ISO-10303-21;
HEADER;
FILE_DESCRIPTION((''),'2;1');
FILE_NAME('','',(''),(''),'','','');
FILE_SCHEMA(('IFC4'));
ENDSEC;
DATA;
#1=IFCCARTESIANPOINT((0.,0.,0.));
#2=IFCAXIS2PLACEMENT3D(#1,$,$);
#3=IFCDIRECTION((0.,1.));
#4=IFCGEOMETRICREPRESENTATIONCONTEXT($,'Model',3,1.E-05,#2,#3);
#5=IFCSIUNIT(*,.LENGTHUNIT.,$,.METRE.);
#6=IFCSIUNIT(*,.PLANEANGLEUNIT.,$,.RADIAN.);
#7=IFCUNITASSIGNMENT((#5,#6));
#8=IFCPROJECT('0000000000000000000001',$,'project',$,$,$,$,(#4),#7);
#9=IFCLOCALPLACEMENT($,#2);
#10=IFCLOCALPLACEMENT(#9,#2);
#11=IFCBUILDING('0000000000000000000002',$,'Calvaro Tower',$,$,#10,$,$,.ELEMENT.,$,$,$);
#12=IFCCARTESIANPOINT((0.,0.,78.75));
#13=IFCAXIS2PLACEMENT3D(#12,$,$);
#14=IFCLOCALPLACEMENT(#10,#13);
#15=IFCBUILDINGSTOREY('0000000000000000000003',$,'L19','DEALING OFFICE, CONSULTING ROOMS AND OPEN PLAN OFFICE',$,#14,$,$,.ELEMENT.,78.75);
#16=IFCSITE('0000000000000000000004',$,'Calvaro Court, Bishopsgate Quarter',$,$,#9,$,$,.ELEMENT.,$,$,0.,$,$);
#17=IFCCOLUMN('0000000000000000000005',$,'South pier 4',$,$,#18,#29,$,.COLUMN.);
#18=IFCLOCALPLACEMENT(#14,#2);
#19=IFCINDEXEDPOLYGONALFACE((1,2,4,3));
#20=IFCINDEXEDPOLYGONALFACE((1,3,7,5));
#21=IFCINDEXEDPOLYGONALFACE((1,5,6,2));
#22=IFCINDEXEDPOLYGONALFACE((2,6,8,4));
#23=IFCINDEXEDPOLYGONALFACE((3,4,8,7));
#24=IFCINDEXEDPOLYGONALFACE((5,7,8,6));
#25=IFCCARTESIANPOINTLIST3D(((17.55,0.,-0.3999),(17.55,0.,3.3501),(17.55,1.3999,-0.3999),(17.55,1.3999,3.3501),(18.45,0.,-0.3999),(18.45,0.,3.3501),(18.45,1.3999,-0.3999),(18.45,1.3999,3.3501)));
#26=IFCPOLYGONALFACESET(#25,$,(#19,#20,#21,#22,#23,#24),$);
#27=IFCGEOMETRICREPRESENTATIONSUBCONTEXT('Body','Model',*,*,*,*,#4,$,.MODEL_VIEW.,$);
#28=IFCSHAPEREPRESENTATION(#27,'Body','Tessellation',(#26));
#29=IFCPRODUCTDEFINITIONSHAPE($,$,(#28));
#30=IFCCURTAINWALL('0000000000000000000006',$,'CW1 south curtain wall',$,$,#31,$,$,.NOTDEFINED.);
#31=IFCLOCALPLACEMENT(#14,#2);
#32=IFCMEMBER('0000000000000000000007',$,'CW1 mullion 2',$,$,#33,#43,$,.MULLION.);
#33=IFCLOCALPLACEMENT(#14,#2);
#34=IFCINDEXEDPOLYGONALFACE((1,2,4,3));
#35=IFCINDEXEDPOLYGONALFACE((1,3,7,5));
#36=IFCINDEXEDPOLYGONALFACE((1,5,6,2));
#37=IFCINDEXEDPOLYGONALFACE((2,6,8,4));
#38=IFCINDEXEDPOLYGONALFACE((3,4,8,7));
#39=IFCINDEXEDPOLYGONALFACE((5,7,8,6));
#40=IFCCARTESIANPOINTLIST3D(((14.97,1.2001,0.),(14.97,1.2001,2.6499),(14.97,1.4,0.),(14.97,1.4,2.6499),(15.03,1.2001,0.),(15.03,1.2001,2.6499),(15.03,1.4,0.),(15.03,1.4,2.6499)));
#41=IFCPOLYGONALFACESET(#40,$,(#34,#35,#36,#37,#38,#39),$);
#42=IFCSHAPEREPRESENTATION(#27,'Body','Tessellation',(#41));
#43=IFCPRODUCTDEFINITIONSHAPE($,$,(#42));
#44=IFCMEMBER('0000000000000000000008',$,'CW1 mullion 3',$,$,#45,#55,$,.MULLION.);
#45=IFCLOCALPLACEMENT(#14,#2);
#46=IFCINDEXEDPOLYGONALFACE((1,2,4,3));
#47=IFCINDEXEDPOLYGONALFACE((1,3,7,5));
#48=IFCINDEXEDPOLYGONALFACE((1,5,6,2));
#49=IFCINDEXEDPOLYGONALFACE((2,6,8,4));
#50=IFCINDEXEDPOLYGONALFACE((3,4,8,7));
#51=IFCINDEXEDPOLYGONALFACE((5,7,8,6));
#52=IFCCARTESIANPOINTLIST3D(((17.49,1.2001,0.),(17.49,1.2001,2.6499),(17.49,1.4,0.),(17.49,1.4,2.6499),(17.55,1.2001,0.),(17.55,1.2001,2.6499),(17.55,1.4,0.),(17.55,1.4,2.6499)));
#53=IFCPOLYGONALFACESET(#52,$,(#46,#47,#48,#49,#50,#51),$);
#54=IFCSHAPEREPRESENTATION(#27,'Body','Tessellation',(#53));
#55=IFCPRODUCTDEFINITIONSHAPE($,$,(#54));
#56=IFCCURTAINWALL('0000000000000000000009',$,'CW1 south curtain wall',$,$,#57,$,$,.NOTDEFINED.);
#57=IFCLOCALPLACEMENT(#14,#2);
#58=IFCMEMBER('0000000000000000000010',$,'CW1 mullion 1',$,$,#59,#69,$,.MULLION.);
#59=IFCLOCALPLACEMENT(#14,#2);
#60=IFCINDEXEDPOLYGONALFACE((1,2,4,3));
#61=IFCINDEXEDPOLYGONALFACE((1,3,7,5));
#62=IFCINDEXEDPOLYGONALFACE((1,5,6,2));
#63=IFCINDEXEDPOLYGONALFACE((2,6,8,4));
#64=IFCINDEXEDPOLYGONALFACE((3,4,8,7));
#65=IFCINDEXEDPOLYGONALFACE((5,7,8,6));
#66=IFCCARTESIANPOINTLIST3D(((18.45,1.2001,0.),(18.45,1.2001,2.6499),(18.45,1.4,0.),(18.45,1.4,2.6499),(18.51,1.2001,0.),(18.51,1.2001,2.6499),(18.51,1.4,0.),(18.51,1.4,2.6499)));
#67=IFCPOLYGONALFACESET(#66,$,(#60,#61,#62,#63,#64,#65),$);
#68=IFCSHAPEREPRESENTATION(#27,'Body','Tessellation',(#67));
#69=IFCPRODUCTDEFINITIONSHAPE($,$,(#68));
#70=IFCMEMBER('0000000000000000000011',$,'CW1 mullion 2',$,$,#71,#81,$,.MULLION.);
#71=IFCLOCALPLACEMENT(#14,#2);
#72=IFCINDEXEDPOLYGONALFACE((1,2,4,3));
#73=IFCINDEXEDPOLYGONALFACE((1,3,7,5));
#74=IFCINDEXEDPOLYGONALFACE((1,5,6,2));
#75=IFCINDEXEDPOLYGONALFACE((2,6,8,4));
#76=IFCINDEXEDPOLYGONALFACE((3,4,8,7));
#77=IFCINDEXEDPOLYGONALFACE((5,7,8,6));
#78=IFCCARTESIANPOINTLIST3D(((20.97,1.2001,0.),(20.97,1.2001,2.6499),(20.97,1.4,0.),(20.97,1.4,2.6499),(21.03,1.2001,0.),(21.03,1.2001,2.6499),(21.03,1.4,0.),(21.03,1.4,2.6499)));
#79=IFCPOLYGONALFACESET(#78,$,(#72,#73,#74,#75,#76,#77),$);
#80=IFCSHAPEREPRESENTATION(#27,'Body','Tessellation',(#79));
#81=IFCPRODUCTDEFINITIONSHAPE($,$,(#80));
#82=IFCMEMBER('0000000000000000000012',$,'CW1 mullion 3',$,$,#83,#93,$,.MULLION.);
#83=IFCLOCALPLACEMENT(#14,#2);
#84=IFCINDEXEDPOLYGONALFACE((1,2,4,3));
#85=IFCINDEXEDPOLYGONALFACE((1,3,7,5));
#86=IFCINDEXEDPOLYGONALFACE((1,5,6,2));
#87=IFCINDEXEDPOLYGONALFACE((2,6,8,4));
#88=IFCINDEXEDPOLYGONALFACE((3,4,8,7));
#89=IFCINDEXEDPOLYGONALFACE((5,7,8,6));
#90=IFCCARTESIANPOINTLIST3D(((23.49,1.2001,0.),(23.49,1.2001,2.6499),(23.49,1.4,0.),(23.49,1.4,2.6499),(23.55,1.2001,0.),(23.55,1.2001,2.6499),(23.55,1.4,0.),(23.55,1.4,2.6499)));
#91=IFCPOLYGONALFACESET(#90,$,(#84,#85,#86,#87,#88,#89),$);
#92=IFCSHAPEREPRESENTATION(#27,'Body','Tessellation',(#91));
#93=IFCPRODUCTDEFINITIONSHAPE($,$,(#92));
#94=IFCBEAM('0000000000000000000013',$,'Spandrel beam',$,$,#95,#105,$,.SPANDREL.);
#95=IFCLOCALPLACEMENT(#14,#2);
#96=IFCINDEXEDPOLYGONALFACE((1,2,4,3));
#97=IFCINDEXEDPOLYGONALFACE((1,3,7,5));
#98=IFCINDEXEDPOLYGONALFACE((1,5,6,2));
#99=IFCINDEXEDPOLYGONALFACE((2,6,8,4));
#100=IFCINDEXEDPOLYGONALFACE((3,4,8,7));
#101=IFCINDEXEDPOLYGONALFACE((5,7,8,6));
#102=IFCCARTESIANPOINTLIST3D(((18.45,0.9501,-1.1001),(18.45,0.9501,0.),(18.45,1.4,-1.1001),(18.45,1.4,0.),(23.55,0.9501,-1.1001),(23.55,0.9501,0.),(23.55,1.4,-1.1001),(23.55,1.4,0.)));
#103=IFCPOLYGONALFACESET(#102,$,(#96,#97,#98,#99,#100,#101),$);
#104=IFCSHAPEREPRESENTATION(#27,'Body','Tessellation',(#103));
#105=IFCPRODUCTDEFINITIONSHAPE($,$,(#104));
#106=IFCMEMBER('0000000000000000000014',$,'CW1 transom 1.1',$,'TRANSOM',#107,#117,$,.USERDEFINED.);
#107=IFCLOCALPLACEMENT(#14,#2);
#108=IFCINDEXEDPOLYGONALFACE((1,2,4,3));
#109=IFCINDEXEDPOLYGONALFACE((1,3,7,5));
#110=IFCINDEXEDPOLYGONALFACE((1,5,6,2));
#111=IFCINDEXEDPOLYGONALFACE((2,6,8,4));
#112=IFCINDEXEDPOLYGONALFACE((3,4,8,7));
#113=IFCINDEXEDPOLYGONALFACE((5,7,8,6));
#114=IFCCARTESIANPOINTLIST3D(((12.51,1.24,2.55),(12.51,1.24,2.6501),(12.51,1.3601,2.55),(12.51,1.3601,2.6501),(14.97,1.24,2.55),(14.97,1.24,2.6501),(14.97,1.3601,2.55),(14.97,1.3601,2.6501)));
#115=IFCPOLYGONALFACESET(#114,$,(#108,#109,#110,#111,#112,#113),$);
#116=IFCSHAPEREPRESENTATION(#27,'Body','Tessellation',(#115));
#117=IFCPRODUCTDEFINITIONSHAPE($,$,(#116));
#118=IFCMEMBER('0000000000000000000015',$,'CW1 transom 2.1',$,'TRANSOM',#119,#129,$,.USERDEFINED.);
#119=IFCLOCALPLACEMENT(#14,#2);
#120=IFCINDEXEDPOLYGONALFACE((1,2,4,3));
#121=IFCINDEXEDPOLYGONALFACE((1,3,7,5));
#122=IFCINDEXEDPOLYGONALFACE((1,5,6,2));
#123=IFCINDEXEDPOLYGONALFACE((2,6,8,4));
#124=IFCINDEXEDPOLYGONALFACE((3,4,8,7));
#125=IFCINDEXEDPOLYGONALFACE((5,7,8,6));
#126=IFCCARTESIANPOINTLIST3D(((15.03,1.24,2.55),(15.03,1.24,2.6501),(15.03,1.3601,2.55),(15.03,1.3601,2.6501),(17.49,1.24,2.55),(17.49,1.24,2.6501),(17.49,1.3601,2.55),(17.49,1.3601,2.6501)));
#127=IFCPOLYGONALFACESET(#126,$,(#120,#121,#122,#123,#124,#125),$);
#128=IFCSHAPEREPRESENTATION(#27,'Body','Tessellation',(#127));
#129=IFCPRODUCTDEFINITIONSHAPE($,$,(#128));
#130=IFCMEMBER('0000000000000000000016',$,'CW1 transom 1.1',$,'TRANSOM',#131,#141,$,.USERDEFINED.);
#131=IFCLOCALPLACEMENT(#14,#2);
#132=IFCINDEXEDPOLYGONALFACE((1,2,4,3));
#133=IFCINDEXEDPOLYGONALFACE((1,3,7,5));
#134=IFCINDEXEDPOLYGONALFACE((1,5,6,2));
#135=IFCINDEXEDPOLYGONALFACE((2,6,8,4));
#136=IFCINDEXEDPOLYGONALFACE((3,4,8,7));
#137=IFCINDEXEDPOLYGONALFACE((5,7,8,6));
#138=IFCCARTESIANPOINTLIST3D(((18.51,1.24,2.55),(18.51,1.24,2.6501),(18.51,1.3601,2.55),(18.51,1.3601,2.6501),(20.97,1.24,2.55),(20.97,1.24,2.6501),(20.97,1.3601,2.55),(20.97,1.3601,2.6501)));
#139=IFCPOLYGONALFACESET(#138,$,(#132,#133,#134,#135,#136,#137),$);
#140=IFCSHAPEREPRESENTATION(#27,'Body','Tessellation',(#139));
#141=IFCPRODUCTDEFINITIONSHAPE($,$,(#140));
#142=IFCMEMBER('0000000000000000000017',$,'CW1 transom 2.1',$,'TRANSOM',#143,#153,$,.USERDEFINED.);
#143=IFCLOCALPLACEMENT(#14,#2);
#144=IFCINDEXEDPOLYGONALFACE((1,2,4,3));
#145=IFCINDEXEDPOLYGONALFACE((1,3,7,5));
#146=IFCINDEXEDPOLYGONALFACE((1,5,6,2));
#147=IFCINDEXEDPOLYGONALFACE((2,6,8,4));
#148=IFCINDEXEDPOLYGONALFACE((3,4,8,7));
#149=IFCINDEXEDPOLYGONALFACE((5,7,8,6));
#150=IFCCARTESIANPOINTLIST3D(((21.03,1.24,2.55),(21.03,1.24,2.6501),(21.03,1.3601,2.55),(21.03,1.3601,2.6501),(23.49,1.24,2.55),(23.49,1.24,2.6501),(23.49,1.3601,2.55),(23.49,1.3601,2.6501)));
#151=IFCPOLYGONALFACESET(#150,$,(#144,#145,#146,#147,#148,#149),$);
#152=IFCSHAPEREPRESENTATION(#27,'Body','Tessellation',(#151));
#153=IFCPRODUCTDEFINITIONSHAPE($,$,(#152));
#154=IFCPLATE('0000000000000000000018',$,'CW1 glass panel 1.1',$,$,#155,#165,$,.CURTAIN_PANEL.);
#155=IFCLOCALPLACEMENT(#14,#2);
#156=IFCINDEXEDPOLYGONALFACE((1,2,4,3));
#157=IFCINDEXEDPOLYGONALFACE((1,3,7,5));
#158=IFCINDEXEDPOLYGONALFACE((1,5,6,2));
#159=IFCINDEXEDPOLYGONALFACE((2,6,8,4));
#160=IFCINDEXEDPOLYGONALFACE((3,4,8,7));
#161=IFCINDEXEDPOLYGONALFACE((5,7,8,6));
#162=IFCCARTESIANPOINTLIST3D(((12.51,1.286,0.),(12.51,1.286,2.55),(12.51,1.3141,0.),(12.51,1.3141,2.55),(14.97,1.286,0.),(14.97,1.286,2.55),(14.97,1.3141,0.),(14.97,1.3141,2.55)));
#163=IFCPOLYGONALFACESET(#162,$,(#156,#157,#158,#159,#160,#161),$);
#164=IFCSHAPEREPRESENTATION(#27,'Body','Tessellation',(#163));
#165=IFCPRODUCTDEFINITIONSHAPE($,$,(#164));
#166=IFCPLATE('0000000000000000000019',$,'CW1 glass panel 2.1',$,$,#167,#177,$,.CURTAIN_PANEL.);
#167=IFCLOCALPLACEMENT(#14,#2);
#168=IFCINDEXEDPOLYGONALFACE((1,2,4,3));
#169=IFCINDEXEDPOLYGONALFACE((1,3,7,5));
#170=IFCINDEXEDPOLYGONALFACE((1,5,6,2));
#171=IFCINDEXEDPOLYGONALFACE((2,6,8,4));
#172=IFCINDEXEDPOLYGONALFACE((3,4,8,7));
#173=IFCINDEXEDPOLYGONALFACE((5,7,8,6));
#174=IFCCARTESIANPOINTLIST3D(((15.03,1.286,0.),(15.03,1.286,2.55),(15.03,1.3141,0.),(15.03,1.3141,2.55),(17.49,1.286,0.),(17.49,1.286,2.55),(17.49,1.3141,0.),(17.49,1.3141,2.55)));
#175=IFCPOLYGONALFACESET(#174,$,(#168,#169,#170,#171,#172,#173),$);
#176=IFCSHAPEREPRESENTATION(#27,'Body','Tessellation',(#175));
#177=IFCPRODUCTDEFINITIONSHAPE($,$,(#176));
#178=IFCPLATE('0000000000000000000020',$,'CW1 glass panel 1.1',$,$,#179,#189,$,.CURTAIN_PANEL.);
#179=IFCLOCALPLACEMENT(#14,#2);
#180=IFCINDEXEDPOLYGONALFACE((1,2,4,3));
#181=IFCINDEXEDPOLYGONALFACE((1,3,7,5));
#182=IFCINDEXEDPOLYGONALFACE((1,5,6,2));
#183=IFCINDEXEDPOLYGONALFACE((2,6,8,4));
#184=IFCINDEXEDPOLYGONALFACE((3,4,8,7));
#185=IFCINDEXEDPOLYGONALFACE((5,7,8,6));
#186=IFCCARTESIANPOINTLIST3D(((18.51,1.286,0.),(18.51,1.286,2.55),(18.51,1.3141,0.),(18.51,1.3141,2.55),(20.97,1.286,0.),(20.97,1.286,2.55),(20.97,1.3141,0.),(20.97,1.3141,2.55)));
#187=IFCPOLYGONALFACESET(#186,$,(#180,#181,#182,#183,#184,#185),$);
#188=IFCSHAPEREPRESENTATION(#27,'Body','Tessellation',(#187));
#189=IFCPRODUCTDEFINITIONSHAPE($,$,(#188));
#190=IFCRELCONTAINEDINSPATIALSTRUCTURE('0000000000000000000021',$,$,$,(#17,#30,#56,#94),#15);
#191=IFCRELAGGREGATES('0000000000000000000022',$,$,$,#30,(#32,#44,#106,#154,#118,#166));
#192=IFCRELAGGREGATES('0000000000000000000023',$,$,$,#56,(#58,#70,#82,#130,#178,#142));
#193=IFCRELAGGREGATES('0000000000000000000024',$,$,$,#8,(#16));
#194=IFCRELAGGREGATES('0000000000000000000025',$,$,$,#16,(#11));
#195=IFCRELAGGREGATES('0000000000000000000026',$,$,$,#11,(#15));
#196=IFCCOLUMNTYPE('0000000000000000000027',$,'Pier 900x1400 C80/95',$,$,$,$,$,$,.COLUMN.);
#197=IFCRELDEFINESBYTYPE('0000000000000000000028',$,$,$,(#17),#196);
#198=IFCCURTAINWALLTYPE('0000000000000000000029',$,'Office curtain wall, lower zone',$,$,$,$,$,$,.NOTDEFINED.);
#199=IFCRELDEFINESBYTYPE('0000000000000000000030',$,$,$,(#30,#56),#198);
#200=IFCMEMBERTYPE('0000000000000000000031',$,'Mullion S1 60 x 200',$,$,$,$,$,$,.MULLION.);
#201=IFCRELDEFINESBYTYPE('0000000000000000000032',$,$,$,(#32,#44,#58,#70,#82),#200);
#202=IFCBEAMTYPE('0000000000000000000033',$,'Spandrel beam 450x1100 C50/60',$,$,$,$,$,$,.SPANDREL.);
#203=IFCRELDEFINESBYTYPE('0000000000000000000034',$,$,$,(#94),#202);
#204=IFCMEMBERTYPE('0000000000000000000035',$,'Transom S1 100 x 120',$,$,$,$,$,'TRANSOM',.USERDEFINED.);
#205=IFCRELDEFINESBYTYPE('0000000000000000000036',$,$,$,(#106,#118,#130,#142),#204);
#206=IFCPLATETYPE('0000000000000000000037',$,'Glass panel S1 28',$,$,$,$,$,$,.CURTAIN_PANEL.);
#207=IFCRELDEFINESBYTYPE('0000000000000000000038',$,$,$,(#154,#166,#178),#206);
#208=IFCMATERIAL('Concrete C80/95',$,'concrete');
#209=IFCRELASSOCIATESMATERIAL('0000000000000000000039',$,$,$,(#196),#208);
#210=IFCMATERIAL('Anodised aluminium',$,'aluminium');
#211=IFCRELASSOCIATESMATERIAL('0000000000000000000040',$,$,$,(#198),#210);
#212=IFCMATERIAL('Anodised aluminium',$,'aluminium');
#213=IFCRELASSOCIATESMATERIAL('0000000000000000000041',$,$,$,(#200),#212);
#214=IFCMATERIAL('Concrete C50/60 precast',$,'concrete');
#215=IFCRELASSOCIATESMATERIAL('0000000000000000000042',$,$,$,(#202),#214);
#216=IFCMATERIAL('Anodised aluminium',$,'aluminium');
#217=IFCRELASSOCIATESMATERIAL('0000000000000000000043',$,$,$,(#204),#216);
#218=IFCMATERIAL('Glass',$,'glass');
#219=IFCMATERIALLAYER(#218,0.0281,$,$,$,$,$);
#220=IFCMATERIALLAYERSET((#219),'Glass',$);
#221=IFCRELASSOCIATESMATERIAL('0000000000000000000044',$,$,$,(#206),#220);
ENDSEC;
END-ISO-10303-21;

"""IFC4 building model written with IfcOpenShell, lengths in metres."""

from ifc_helpers import new_model, si_unit, direction, frame, origin, origin_2d, place, context, subcontext, project, spatial, rectangle, extrude, material, layer, layer_set, material_profile, profile_set, type_object, element, aggregate, save


model = new_model("IFC4")

# Units and contexts
model_context = context("Model", 3, precision=1e-05, world=origin(), true_north=direction((0.0, 1.0)))
body_context = subcontext(model_context, "Body", "Model", "MODEL_VIEW")
ifc_project = project(units=[si_unit("LENGTHUNIT", "METRE"), si_unit("PLANEANGLEUNIT", "RADIAN")], contexts=[model_context])

# Site, building, storey
site_placement = place(None, origin())
site = spatial("IfcSite", under=ifc_project, at=site_placement, Name="Calvaro Court, Bishopsgate Quarter", CompositionType="ELEMENT", RefElevation=0.0)
building_placement = place(site_placement, origin())
building = spatial("IfcBuilding", under=site, at=building_placement, Name="Calvaro Tower", CompositionType="ELEMENT")
storey_placement = place(building_placement, frame((0.0, 0.0, 78.75)))
storey = spatial("IfcBuildingStorey", under=building, at=storey_placement, Name="L19", Description="DEALING OFFICE, CONSULTING ROOMS AND OPEN PLAN OFFICE", CompositionType="ELEMENT", Elevation=78.75)

# Column
ifc_material_1 = material(Name="Concrete C80/95", Category="concrete")
ifc_material_profile_1 = material_profile(ifc_material_1, rectangle(XDim=0.8999, YDim=1.3999, at=origin_2d()), Name="RC 900x1400")
ifc_profile_set_1 = profile_set([ifc_material_profile_1], Name="Concrete C80/95")
column_type = type_object("IfcColumnType", Name="Pier 900x1400 C80/95", PredefinedType="COLUMN", material=ifc_profile_set_1)
column_placement = place(storey_placement, frame((18.0, 0.7, -0.3999), z_axis=(0.0, 0.0, 1.0), x_axis=(1.0, 0.0, 0.0)))
element("IfcColumn", 1, at=column_placement, inside=storey, type_object=column_type, Name="South pier 4", PredefinedType="COLUMN", context=body_context, shape_type="SweptSolid", body=[
    extrude(rectangle(XDim=0.8999, YDim=1.3999, at=origin_2d()), origin(), (0.0, 0.0, 1.0), 3.75),
])

# Curtain walls, members
ifc_material_2 = material(Name="Anodised aluminium", Category="aluminium")
curtain_wall_type = type_object("IfcCurtainWallType", Name="Office curtain wall, lower zone", PredefinedType="NOTDEFINED", material=ifc_material_2)
curtain_wall_1_placement = place(storey_placement, origin())
curtain_wall_1 = element("IfcCurtainWall", 2, at=curtain_wall_1_placement, inside=storey, type_object=curtain_wall_type, Name="CW1 south curtain wall", PredefinedType="NOTDEFINED")
ifc_material_3 = material(Name="Anodised aluminium", Category="aluminium")
ifc_material_profile_2 = material_profile(ifc_material_3, rectangle(XDim=0.2, YDim=0.0601, at=origin_2d()), Name="Mullion S1 60 x 200")
ifc_profile_set_2 = profile_set([ifc_material_profile_2], Name="Anodised aluminium")
member_type_1 = type_object("IfcMemberType", Name="Mullion S1 60 x 200", PredefinedType="MULLION", material=ifc_profile_set_2)
member_1_placement = place(storey_placement, frame((15.0, 1.3, 0.0), z_axis=(0.0, 0.0, 1.0), x_axis=(0.0, 1.0, 0.0)))
member_1 = element("IfcMember", 3, at=member_1_placement, type_object=member_type_1, Name="CW1 mullion 2", PredefinedType="MULLION", context=body_context, shape_type="SweptSolid", body=[
    extrude(rectangle(XDim=0.2, YDim=0.0601, at=origin_2d()), origin(), (0.0, 0.0, 1.0), 2.6499),
])
member_2_placement = place(storey_placement, frame((17.52, 1.3, 0.0), z_axis=(0.0, 0.0, 1.0), x_axis=(0.0, 1.0, 0.0)))
member_2 = element("IfcMember", 4, at=member_2_placement, type_object=member_type_1, Name="CW1 mullion 3", PredefinedType="MULLION", context=body_context, shape_type="SweptSolid", body=[
    extrude(rectangle(XDim=0.2, YDim=0.0601, at=origin_2d()), origin(), (0.0, 0.0, 1.0), 2.6499),
])
curtain_wall_2_placement = place(storey_placement, origin())
curtain_wall_2 = element("IfcCurtainWall", 5, at=curtain_wall_2_placement, inside=storey, type_object=curtain_wall_type, Name="CW1 south curtain wall", PredefinedType="NOTDEFINED")
member_3_placement = place(storey_placement, frame((18.48, 1.3, 0.0), z_axis=(0.0, 0.0, 1.0), x_axis=(0.0, 1.0, 0.0)))
member_3 = element("IfcMember", 6, at=member_3_placement, type_object=member_type_1, Name="CW1 mullion 1", PredefinedType="MULLION", context=body_context, shape_type="SweptSolid", body=[
    extrude(rectangle(XDim=0.2, YDim=0.0601, at=origin_2d()), origin(), (0.0, 0.0, 1.0), 2.6499),
])
member_4_placement = place(storey_placement, frame((21.0, 1.3, 0.0), z_axis=(0.0, 0.0, 1.0), x_axis=(0.0, 1.0, 0.0)))
member_4 = element("IfcMember", 7, at=member_4_placement, type_object=member_type_1, Name="CW1 mullion 2", PredefinedType="MULLION", context=body_context, shape_type="SweptSolid", body=[
    extrude(rectangle(XDim=0.2, YDim=0.0601, at=origin_2d()), origin(), (0.0, 0.0, 1.0), 2.6499),
])
member_5_placement = place(storey_placement, frame((23.52, 1.3, 0.0), z_axis=(0.0, 0.0, 1.0), x_axis=(0.0, 1.0, 0.0)))
member_5 = element("IfcMember", 8, at=member_5_placement, type_object=member_type_1, Name="CW1 mullion 3", PredefinedType="MULLION", context=body_context, shape_type="SweptSolid", body=[
    extrude(rectangle(XDim=0.2, YDim=0.0601, at=origin_2d()), origin(), (0.0, 0.0, 1.0), 2.6499),
])

# Beam
ifc_material_4 = material(Name="Concrete C50/60 precast", Category="concrete")
ifc_material_profile_3 = material_profile(ifc_material_4, rectangle(XDim=0.45, YDim=1.1001, at=origin_2d()), Name="RC 450x1100")
ifc_profile_set_3 = profile_set([ifc_material_profile_3], Name="Concrete C50/60 precast")
beam_type = type_object("IfcBeamType", Name="Spandrel beam 450x1100 C50/60", PredefinedType="SPANDREL", material=ifc_profile_set_3)
beam_placement = place(storey_placement, frame((18.45, 1.175, -0.55), z_axis=(1.0, 0.0, 0.0), x_axis=(0.0, 1.0, 0.0)))
element("IfcBeam", 9, at=beam_placement, inside=storey, type_object=beam_type, Name="Spandrel beam", PredefinedType="SPANDREL", context=body_context, shape_type="SweptSolid", body=[
    extrude(rectangle(XDim=0.45, YDim=1.1001, at=origin_2d()), origin(), (0.0, 0.0, 1.0), 5.1001),
])

# Members
ifc_material_5 = material(Name="Anodised aluminium", Category="aluminium")
ifc_material_profile_4 = material_profile(ifc_material_5, rectangle(XDim=0.1201, YDim=0.1001, at=origin_2d()), Name="Transom S1 100 x 120")
ifc_profile_set_4 = profile_set([ifc_material_profile_4], Name="Anodised aluminium")
member_type_2 = type_object("IfcMemberType", Name="Transom S1 100 x 120", ElementType="TRANSOM", PredefinedType="USERDEFINED", material=ifc_profile_set_4)
member_6_placement = place(storey_placement, frame((12.51, 1.3, 2.6001), z_axis=(1.0, 0.0, 0.0), x_axis=(0.0, 1.0, 0.0)))
member_6 = element("IfcMember", 10, at=member_6_placement, type_object=member_type_2, Name="CW1 transom 1.1", ObjectType="TRANSOM", PredefinedType="USERDEFINED", context=body_context, shape_type="SweptSolid", body=[
    extrude(rectangle(XDim=0.1201, YDim=0.1001, at=origin_2d()), origin(), (0.0, 0.0, 1.0), 2.46),
])
member_7_placement = place(storey_placement, frame((15.03, 1.3, 2.6001), z_axis=(1.0, 0.0, 0.0), x_axis=(0.0, 1.0, 0.0)))
member_7 = element("IfcMember", 11, at=member_7_placement, type_object=member_type_2, Name="CW1 transom 2.1", ObjectType="TRANSOM", PredefinedType="USERDEFINED", context=body_context, shape_type="SweptSolid", body=[
    extrude(rectangle(XDim=0.1201, YDim=0.1001, at=origin_2d()), origin(), (0.0, 0.0, 1.0), 2.46),
])
member_8_placement = place(storey_placement, frame((18.51, 1.3, 2.6001), z_axis=(1.0, 0.0, 0.0), x_axis=(0.0, 1.0, 0.0)))
member_8 = element("IfcMember", 12, at=member_8_placement, type_object=member_type_2, Name="CW1 transom 1.1", ObjectType="TRANSOM", PredefinedType="USERDEFINED", context=body_context, shape_type="SweptSolid", body=[
    extrude(rectangle(XDim=0.1201, YDim=0.1001, at=origin_2d()), origin(), (0.0, 0.0, 1.0), 2.46),
])
member_9_placement = place(storey_placement, frame((21.03, 1.3, 2.6001), z_axis=(1.0, 0.0, 0.0), x_axis=(0.0, 1.0, 0.0)))
member_9 = element("IfcMember", 13, at=member_9_placement, type_object=member_type_2, Name="CW1 transom 2.1", ObjectType="TRANSOM", PredefinedType="USERDEFINED", context=body_context, shape_type="SweptSolid", body=[
    extrude(rectangle(XDim=0.1201, YDim=0.1001, at=origin_2d()), origin(), (0.0, 0.0, 1.0), 2.46),
])

# Plates
ifc_material_6 = material(Name="Glass", Category="glass")
ifc_layer = layer(ifc_material_6, 0.0281)
ifc_layer_set = layer_set([ifc_layer], Name="Glass")
plate_type = type_object("IfcPlateType", Name="Glass panel S1 28", PredefinedType="CURTAIN_PANEL", material=ifc_layer_set)
plate_1_placement = place(storey_placement, frame((13.74, 1.3, 0.0), z_axis=(0.0, 0.0, 1.0), x_axis=(1.0, 0.0, 0.0)))
plate_1 = element("IfcPlate", 14, at=plate_1_placement, type_object=plate_type, Name="CW1 glass panel 1.1", PredefinedType="CURTAIN_PANEL", context=body_context, shape_type="SweptSolid", body=[
    extrude(rectangle(XDim=2.46, YDim=0.0281, at=origin_2d()), origin(), (0.0, 0.0, 1.0), 2.55),
])
plate_2_placement = place(storey_placement, frame((16.26, 1.3, 0.0), z_axis=(0.0, 0.0, 1.0), x_axis=(1.0, 0.0, 0.0)))
plate_2 = element("IfcPlate", 15, at=plate_2_placement, type_object=plate_type, Name="CW1 glass panel 2.1", PredefinedType="CURTAIN_PANEL", context=body_context, shape_type="SweptSolid", body=[
    extrude(rectangle(XDim=2.46, YDim=0.0281, at=origin_2d()), origin(), (0.0, 0.0, 1.0), 2.55),
])
aggregate(curtain_wall_1, [member_1, member_2, member_6, plate_1, member_7, plate_2])
plate_3_placement = place(storey_placement, frame((19.74, 1.3, 0.0), z_axis=(0.0, 0.0, 1.0), x_axis=(1.0, 0.0, 0.0)))
plate_3 = element("IfcPlate", 16, at=plate_3_placement, type_object=plate_type, Name="CW1 glass panel 1.1", PredefinedType="CURTAIN_PANEL", context=body_context, shape_type="SweptSolid", body=[
    extrude(rectangle(XDim=2.46, YDim=0.0281, at=origin_2d()), origin(), (0.0, 0.0, 1.0), 2.55),
])
aggregate(curtain_wall_2, [member_3, member_4, member_5, member_8, plate_3, member_9])

save(model, "model.ifc")
